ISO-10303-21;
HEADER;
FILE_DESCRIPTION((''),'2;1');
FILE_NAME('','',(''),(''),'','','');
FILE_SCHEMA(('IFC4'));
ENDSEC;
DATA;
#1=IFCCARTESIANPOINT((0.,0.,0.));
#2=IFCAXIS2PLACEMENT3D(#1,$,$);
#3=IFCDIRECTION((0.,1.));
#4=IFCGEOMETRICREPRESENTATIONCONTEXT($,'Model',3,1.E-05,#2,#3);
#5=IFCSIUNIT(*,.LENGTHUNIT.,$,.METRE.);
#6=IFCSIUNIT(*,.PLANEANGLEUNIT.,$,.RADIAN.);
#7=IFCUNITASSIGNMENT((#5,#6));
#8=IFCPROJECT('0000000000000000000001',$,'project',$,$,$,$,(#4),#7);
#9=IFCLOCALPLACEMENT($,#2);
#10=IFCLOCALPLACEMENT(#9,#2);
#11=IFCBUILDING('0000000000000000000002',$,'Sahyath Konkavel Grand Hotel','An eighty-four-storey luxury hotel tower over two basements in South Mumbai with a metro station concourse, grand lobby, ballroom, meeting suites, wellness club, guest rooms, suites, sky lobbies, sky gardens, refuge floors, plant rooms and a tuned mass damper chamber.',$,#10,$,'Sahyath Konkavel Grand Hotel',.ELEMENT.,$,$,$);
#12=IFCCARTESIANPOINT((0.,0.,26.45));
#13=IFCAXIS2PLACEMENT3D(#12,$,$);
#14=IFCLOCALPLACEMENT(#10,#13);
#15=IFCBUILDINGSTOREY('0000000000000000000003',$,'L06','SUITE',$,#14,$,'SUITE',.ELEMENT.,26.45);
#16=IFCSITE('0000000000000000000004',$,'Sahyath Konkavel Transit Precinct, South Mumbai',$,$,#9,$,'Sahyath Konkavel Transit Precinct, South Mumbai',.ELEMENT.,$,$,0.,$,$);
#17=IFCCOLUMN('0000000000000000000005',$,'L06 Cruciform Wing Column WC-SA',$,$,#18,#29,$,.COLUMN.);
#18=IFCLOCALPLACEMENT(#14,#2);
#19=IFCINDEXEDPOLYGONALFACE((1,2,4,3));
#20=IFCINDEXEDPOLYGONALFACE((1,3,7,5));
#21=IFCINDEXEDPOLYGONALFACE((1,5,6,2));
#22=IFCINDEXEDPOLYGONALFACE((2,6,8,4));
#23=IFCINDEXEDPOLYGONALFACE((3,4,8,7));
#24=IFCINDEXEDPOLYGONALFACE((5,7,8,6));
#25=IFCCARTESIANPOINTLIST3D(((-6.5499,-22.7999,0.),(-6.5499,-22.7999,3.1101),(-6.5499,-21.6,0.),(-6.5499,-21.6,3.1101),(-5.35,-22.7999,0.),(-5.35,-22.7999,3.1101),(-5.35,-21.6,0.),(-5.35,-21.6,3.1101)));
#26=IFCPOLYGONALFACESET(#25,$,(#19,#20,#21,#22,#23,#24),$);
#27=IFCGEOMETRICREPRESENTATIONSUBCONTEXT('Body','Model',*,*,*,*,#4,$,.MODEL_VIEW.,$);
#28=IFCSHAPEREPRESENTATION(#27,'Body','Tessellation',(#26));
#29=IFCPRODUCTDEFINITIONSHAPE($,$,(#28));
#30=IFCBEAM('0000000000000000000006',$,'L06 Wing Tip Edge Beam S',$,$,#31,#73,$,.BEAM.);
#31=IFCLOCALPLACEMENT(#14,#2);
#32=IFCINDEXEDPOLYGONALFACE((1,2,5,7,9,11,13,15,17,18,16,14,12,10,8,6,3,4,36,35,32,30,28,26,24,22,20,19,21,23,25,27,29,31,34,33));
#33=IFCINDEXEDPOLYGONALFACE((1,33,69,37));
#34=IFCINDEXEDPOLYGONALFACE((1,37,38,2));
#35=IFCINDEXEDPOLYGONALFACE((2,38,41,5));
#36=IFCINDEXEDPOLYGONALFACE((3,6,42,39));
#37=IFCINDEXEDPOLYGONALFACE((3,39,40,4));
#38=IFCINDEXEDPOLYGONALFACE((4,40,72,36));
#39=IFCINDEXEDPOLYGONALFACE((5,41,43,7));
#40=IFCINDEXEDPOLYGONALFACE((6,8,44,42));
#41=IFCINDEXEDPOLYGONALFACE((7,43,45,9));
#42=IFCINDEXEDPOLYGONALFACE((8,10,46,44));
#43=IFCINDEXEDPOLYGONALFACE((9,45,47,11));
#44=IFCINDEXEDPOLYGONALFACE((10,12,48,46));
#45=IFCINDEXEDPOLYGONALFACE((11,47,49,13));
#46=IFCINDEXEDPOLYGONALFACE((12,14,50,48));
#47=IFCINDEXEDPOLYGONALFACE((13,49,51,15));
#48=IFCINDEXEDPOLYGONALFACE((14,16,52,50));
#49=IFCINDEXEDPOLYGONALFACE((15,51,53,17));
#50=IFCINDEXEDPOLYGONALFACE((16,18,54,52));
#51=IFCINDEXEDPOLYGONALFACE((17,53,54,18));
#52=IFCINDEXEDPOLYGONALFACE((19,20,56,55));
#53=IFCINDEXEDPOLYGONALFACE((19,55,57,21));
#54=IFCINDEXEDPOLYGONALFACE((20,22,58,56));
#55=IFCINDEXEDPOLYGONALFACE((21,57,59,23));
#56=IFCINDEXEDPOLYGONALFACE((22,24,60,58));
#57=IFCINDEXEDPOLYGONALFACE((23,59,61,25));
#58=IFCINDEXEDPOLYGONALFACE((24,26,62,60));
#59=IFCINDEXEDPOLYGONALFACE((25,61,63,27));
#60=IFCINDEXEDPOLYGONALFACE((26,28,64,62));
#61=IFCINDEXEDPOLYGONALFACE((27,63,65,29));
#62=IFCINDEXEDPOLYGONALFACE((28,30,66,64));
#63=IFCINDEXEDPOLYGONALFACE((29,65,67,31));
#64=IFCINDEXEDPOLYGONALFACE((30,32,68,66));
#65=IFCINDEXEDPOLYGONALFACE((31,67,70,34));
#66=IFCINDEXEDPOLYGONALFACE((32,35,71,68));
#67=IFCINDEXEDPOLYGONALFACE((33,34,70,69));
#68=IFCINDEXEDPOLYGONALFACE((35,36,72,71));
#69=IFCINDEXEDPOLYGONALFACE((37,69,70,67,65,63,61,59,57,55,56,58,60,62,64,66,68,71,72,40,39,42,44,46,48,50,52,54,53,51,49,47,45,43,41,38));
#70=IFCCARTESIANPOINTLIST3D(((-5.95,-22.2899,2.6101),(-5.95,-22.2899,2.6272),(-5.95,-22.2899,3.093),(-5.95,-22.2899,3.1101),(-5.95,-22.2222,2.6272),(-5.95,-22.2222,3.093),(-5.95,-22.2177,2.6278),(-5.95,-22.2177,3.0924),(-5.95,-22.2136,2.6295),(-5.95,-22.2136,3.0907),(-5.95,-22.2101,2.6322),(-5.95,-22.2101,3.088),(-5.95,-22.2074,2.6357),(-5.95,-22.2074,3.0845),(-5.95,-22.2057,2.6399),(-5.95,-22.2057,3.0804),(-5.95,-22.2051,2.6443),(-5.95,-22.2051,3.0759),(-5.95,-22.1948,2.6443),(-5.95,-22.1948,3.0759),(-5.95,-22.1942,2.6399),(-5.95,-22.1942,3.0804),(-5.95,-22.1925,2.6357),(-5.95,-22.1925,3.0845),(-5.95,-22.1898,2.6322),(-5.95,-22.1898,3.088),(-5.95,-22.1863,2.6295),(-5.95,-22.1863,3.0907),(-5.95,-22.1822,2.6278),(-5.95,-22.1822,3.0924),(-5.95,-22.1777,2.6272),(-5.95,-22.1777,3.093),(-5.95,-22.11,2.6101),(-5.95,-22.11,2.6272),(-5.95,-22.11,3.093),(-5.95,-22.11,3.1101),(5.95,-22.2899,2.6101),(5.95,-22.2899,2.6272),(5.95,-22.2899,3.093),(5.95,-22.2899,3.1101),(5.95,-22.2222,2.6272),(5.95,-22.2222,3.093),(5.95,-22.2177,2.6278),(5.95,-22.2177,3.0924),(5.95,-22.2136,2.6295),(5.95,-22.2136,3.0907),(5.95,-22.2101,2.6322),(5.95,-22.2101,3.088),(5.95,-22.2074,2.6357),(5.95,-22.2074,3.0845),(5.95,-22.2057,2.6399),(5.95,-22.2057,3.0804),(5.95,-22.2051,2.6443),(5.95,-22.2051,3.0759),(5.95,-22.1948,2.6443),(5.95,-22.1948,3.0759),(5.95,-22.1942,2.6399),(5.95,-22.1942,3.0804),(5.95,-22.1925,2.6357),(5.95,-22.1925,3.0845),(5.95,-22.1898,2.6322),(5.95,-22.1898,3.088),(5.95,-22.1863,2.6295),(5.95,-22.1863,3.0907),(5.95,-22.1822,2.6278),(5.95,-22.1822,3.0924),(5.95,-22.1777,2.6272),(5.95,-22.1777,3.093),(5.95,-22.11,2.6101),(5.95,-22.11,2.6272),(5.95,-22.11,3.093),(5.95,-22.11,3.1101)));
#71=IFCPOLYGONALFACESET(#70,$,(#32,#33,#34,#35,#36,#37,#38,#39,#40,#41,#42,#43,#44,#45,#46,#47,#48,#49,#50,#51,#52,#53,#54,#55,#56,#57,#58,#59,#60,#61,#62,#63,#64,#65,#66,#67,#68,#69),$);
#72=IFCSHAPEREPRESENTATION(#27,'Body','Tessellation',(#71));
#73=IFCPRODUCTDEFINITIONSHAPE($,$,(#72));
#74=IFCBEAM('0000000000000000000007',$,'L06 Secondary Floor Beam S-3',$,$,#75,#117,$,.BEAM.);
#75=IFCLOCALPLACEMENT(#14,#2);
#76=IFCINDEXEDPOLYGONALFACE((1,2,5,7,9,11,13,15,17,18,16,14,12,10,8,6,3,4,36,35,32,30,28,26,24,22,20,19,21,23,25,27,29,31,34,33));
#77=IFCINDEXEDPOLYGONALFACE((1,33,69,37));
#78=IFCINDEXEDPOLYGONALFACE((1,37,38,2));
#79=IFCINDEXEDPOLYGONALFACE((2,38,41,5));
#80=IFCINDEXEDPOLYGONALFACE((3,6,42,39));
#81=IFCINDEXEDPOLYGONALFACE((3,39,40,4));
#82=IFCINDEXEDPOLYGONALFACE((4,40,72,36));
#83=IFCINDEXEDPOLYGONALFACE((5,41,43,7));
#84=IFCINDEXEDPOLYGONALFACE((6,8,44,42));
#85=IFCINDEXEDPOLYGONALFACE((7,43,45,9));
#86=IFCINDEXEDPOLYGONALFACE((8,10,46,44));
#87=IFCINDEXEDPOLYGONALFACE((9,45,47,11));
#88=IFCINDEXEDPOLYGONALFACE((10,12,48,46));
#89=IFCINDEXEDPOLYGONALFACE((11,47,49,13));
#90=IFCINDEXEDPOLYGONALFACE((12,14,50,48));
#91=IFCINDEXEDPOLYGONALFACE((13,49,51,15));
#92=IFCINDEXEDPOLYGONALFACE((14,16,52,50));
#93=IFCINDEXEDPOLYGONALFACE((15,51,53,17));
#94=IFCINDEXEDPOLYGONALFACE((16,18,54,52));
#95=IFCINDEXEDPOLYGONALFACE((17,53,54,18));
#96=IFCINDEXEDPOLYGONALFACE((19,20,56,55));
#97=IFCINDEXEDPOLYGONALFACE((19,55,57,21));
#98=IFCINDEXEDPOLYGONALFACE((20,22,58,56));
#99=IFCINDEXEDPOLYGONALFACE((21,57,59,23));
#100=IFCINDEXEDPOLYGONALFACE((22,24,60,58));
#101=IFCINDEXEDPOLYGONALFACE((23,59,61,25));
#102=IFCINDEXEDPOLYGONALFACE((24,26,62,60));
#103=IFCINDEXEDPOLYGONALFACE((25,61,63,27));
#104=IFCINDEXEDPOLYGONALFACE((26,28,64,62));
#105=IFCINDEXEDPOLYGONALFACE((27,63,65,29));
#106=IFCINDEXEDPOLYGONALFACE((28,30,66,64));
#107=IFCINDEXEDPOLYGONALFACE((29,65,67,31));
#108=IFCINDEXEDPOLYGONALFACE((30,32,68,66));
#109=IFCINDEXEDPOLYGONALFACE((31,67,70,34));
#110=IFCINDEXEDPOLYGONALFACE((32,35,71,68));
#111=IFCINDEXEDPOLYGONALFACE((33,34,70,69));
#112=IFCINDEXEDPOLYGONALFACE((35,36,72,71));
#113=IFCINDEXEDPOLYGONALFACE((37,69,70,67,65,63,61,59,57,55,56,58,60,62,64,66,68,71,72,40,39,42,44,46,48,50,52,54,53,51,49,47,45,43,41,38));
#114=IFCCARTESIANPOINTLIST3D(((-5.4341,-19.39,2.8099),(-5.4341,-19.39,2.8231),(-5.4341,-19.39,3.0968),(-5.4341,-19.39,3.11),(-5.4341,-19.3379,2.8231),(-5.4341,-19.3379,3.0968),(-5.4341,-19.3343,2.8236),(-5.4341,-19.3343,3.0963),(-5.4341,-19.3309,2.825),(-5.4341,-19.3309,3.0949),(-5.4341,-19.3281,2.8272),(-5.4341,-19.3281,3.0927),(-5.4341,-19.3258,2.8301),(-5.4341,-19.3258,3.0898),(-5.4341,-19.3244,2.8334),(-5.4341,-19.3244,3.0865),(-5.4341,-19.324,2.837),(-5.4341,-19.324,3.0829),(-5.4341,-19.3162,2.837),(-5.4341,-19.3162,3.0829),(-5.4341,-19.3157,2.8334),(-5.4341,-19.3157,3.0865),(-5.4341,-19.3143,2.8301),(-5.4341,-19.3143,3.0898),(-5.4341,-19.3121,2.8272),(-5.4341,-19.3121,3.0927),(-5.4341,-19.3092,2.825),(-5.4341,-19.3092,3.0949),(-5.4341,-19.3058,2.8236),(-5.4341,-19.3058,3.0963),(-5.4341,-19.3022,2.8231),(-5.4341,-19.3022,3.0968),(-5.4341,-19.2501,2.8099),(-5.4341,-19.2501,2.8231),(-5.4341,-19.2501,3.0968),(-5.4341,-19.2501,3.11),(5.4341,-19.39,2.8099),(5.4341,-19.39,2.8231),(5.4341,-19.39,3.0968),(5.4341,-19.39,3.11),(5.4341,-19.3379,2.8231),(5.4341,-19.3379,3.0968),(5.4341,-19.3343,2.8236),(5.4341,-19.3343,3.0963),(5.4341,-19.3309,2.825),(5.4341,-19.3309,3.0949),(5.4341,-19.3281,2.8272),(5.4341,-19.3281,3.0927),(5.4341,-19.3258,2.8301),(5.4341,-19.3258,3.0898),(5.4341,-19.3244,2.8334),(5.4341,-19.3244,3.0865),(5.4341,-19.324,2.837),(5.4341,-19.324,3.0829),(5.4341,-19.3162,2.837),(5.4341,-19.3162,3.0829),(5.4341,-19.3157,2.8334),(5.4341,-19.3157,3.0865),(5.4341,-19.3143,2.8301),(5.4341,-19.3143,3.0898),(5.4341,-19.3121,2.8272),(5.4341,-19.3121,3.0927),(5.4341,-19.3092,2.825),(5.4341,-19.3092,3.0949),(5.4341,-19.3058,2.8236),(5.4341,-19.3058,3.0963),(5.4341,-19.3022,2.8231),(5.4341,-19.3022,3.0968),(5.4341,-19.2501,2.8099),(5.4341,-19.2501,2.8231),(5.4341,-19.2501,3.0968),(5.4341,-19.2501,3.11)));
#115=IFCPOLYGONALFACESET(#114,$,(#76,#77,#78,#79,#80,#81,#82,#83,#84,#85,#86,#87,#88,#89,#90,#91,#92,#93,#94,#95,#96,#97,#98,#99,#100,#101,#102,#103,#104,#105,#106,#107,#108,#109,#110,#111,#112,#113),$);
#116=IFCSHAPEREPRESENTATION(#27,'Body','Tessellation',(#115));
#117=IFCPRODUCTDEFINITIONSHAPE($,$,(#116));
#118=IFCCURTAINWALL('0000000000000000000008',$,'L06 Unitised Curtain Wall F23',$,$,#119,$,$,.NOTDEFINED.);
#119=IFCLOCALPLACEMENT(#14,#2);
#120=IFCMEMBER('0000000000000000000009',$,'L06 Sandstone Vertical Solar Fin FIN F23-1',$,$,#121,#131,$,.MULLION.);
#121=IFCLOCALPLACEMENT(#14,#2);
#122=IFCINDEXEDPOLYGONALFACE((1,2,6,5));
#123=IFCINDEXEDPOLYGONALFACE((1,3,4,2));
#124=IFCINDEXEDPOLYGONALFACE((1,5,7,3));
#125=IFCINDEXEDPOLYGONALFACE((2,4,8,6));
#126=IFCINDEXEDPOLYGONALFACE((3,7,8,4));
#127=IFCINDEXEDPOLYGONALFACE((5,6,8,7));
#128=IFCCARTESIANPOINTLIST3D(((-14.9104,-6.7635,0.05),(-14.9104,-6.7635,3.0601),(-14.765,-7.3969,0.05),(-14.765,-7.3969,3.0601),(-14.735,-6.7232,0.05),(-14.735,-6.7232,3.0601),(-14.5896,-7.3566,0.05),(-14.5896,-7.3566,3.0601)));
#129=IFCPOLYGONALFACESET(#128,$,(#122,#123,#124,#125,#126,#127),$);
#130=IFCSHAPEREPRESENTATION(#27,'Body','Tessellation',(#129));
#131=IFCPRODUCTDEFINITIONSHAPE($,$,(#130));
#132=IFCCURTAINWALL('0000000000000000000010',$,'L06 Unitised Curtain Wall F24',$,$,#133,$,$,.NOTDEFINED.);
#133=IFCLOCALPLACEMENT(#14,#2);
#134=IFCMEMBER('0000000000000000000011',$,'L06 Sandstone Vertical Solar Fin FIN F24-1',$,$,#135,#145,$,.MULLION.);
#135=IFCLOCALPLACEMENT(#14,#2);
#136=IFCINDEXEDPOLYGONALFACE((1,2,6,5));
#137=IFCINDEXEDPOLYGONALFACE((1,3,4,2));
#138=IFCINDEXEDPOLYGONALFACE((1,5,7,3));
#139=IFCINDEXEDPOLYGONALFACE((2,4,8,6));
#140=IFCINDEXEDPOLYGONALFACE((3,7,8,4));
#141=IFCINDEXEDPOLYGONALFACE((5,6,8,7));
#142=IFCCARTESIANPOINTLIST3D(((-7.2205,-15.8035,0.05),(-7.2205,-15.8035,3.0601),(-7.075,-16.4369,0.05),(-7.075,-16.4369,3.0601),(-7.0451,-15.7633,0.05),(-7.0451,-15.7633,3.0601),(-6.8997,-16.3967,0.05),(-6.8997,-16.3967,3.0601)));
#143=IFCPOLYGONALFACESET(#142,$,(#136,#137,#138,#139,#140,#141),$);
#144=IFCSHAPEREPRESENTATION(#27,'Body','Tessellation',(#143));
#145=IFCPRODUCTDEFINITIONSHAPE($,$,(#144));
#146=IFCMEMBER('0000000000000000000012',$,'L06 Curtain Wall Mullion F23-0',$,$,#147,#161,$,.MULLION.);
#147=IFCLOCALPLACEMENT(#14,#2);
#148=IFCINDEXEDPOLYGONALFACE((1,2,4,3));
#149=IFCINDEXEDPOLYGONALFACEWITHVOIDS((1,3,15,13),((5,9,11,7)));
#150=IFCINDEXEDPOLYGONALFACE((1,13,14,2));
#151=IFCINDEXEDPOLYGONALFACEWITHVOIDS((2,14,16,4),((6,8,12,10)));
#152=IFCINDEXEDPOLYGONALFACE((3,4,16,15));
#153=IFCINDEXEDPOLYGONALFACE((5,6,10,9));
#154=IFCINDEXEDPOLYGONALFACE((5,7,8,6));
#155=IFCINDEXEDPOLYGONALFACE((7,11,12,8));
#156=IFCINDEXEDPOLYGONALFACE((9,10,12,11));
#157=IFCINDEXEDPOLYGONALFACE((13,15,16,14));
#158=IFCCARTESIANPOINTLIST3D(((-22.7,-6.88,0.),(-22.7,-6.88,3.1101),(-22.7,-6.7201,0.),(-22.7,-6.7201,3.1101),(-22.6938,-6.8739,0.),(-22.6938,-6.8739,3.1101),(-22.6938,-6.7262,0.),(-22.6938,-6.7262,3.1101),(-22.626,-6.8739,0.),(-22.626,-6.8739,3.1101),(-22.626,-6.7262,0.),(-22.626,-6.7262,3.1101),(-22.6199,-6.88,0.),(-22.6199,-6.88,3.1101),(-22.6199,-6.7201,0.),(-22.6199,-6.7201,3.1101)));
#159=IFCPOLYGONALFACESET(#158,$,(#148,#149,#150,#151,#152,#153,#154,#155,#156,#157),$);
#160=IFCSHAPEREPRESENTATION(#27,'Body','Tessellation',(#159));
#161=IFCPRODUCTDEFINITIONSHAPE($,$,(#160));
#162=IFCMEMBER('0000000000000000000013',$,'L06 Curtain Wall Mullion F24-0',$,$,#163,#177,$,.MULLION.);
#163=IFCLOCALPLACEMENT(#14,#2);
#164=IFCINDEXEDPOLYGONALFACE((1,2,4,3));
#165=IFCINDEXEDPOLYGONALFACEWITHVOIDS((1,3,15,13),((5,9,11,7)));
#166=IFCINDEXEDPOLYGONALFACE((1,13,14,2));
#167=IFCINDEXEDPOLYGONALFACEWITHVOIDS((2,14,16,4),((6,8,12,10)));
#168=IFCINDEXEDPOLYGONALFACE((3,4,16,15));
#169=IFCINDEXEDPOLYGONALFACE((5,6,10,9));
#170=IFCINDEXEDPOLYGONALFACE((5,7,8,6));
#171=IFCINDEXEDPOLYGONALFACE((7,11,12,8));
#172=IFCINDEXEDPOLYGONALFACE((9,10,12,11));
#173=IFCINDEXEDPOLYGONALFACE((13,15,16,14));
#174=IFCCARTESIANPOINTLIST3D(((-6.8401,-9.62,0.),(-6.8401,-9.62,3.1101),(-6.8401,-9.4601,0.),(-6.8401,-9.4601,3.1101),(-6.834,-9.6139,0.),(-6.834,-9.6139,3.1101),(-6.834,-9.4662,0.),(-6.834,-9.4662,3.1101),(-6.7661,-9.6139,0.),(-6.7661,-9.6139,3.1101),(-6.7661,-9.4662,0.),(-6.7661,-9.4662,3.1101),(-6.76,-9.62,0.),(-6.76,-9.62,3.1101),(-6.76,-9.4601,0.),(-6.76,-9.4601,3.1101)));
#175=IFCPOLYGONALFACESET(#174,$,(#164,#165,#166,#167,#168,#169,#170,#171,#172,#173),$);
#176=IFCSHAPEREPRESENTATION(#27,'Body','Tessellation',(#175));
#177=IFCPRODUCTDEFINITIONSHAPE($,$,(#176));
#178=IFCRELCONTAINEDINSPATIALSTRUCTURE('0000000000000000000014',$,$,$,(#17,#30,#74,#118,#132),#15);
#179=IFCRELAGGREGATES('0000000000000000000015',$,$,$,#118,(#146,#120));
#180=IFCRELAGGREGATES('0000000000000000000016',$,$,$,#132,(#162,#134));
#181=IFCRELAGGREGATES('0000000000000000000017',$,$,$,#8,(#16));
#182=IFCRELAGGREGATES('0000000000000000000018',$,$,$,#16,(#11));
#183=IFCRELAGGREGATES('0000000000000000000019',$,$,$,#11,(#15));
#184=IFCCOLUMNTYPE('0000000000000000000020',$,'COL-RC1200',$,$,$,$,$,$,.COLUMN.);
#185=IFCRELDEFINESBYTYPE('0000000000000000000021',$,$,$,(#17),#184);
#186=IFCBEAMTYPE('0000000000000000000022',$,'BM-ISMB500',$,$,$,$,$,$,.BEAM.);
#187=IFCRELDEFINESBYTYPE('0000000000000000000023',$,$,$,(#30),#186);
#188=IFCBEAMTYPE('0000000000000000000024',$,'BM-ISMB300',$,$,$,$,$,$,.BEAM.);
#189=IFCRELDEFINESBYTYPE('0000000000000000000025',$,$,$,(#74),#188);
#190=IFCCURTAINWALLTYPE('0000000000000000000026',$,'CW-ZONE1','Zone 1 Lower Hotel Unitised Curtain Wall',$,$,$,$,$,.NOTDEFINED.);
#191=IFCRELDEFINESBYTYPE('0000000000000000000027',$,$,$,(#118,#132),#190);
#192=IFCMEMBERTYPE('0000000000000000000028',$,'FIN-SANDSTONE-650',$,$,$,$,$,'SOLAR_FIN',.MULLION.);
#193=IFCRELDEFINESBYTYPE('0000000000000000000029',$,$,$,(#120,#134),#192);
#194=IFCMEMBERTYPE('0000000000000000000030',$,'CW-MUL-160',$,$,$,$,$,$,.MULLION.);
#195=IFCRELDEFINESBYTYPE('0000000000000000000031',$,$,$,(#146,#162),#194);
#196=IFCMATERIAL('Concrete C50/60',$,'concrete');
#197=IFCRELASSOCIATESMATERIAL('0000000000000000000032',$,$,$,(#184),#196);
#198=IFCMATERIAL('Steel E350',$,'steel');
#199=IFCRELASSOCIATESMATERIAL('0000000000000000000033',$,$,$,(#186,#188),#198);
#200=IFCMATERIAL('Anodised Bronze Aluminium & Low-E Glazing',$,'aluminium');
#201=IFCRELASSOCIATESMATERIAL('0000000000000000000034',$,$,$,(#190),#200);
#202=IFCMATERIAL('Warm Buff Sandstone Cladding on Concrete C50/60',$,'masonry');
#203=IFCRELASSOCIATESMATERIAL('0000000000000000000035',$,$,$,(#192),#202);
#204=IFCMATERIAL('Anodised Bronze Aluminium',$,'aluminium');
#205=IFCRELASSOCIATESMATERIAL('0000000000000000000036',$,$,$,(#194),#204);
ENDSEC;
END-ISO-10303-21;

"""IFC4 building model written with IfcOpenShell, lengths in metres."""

from ifc_helpers import new_model, si_unit, direction, frame, origin, origin_2d, place, context, subcontext, project, spatial, rectangle, hollow_rectangle, i_section, extrude, source, transform, mapped, material, material_profile, profile_set, type_object, element, aggregate, save


model = new_model("IFC4")

# Units and contexts
model_context = context("Model", 3, precision=1e-05, world=origin(), true_north=direction((0.0, 1.0)))
body_context = subcontext(model_context, "Body", "Model", "MODEL_VIEW")
ifc_project = project(units=[si_unit("LENGTHUNIT", "METRE"), si_unit("PLANEANGLEUNIT", "RADIAN")], contexts=[model_context])

# Site, building, storey
site_placement = place(None, origin())
site = spatial("IfcSite", under=ifc_project, at=site_placement, Name="Sahyath Konkavel Transit Precinct, South Mumbai", LongName="Sahyath Konkavel Transit Precinct, South Mumbai", CompositionType="ELEMENT", RefElevation=0.0)
building_placement = place(site_placement, origin())
building = spatial("IfcBuilding", under=site, at=building_placement, Name="Sahyath Konkavel Grand Hotel", Description="An eighty-four-storey luxury hotel tower over two basements in South Mumbai with a metro station concourse, grand lobby, ballroom, meeting suites, wellness club, guest rooms, suites, sky lobbies, sky gardens, refuge floors, plant rooms and a tuned mass damper chamber.", LongName="Sahyath Konkavel Grand Hotel", CompositionType="ELEMENT")
storey_placement = place(building_placement, frame((0.0, 0.0, 26.45)))
storey = spatial("IfcBuildingStorey", under=building, at=storey_placement, Name="L06", Description="SUITE", LongName="SUITE", CompositionType="ELEMENT", Elevation=26.45)

# Column
ifc_material_1 = material(Name="Concrete C50/60", Category="concrete")
ifc_material_profile_1 = material_profile(ifc_material_1, rectangle(XDim=1.2, YDim=1.2, at=origin_2d()), Name="RC 1200x1200")
ifc_profile_set_1 = profile_set([ifc_material_profile_1], Name="Concrete C50/60")
column_type = type_object("IfcColumnType", Name="COL-RC1200", PredefinedType="COLUMN", material=ifc_profile_set_1)
shared_shape_1 = source(origin(), body_context, "Body", "SweptSolid", [
    extrude(rectangle(XDim=1.2, YDim=1.2, at=origin_2d()), origin(), (0.0, 0.0, 1.0), 3.1101),
])
column_placement = place(storey_placement, frame((-5.95, -22.2, 0.0), z_axis=(0.0, 0.0, 1.0), x_axis=(1.0, 0.0, 0.0)))
element("IfcColumn", 1, at=column_placement, inside=storey, type_object=column_type, Name="L06 Cruciform Wing Column WC-SA", PredefinedType="COLUMN", context=body_context, shape_type="MappedRepresentation", body=[
    mapped(shared_shape_1, transform((0.0, 0.0, 0.0), scale=1.0)),
])

# Beams
ifc_material_2 = material(Name="Steel E350", Category="steel")
ifc_material_profile_2 = material_profile(ifc_material_2, i_section(OverallWidth=0.1799, OverallDepth=0.5, WebThickness=0.0103, FlangeThickness=0.0171, FilletRadius=0.0171, at=origin_2d()), Name="ISMB 500")
ifc_profile_set_2 = profile_set([ifc_material_profile_2], Name="Steel E350")
beam_type_1 = type_object("IfcBeamType", Name="BM-ISMB500", PredefinedType="BEAM", material=ifc_profile_set_2)
shared_shape_2 = source(origin(), body_context, "Body", "SweptSolid", [
    extrude(i_section(OverallWidth=0.1799, OverallDepth=0.5, WebThickness=0.0103, FlangeThickness=0.0171, FilletRadius=0.0171, at=origin_2d()), origin(), (0.0, 0.0, 1.0), 11.8999),
])
beam_1_placement = place(storey_placement, frame((-5.95, -22.2, 2.8601), z_axis=(1.0, 0.0, 0.0), x_axis=(0.0, 1.0, 0.0)))
element("IfcBeam", 2, at=beam_1_placement, inside=storey, type_object=beam_type_1, Name="L06 Wing Tip Edge Beam S", PredefinedType="BEAM", context=body_context, shape_type="MappedRepresentation", body=[
    mapped(shared_shape_2, transform((0.0, 0.0, 0.0), scale=1.0)),
])
ifc_material_profile_3 = material_profile(ifc_material_2, i_section(OverallWidth=0.1399, OverallDepth=0.3, WebThickness=0.0078, FlangeThickness=0.0132, FilletRadius=0.0139, at=origin_2d()), Name="ISMB 300")
ifc_profile_set_3 = profile_set([ifc_material_profile_3], Name="Steel E350")
beam_type_2 = type_object("IfcBeamType", Name="BM-ISMB300", PredefinedType="BEAM", material=ifc_profile_set_3)
shared_shape_3 = source(origin(), body_context, "Body", "SweptSolid", [
    extrude(i_section(OverallWidth=0.1399, OverallDepth=0.3, WebThickness=0.0078, FlangeThickness=0.0132, FilletRadius=0.0139, at=origin_2d()), origin(), (0.0, 0.0, 1.0), 10.8682),
])
beam_2_placement = place(storey_placement, frame((-5.4341, -19.3201, 2.96), z_axis=(1.0, 0.0, 0.0), x_axis=(0.0, 1.0, 0.0)))
element("IfcBeam", 3, at=beam_2_placement, inside=storey, type_object=beam_type_2, Name="L06 Secondary Floor Beam S-3", PredefinedType="BEAM", context=body_context, shape_type="MappedRepresentation", body=[
    mapped(shared_shape_3, transform((0.0, 0.0, 0.0), scale=1.0)),
])

# Curtain walls, members
ifc_material_3 = material(Name="Anodised Bronze Aluminium & Low-E Glazing", Category="aluminium")
curtain_wall_type = type_object("IfcCurtainWallType", Name="CW-ZONE1", Description="Zone 1 Lower Hotel Unitised Curtain Wall", PredefinedType="NOTDEFINED", material=ifc_material_3)
curtain_wall_1_placement = place(storey_placement, origin())
curtain_wall_1 = element("IfcCurtainWall", 4, at=curtain_wall_1_placement, inside=storey, type_object=curtain_wall_type, Name="L06 Unitised Curtain Wall F23", PredefinedType="NOTDEFINED")
ifc_material_4 = material(Name="Warm Buff Sandstone Cladding on Concrete C50/60", Category="masonry")
ifc_material_profile_4 = material_profile(ifc_material_4, rectangle(XDim=0.1799, YDim=0.6499, at=origin_2d()), Name="FIN 180x650")
ifc_profile_set_4 = profile_set([ifc_material_profile_4], Name="Warm Buff Sandstone Cladding on Concrete C50/60")
member_type_1 = type_object("IfcMemberType", Name="FIN-SANDSTONE-650", ElementType="SOLAR_FIN", PredefinedType="MULLION", material=ifc_profile_set_4)
shared_shape_4 = source(origin(), body_context, "Body", "SweptSolid", [
    extrude(rectangle(XDim=0.1799, YDim=0.6499, at=origin_2d()), origin(), (0.0, 0.0, 1.0), 3.01),
])
member_1_placement = place(storey_placement, frame((-14.75, -7.0601, 0.05), z_axis=(0.0, 0.0, 1.0), x_axis=(0.974644, 0.22376, 0.0)))
member_1 = element("IfcMember", 5, at=member_1_placement, type_object=member_type_1, Name="L06 Sandstone Vertical Solar Fin FIN F23-1", PredefinedType="MULLION", context=body_context, shape_type="MappedRepresentation", body=[
    mapped(shared_shape_4, transform((0.0, 0.0, 0.0), scale=1.0)),
])
curtain_wall_2_placement = place(storey_placement, origin())
curtain_wall_2 = element("IfcCurtainWall", 6, at=curtain_wall_2_placement, inside=storey, type_object=curtain_wall_type, Name="L06 Unitised Curtain Wall F24", PredefinedType="NOTDEFINED")
member_2_placement = place(storey_placement, frame((-7.0601, -16.1001, 0.05), z_axis=(0.0, 0.0, 1.0), x_axis=(0.974644, 0.22376, 0.0)))
member_2 = element("IfcMember", 7, at=member_2_placement, type_object=member_type_1, Name="L06 Sandstone Vertical Solar Fin FIN F24-1", PredefinedType="MULLION", context=body_context, shape_type="MappedRepresentation", body=[
    mapped(shared_shape_4, transform((0.0, 0.0, 0.0), scale=1.0)),
])

# Members
ifc_material_5 = material(Name="Anodised Bronze Aluminium", Category="aluminium")
ifc_material_profile_5 = material_profile(ifc_material_5, hollow_rectangle(XDim=0.0801, YDim=0.1599, WallThickness=0.0061, at=origin_2d()), Name="RHS 160x80x6")
ifc_profile_set_5 = profile_set([ifc_material_profile_5], Name="Anodised Bronze Aluminium")
member_type_2 = type_object("IfcMemberType", Name="CW-MUL-160", PredefinedType="MULLION", material=ifc_profile_set_5)
shared_shape_5 = source(origin(), body_context, "Body", "SweptSolid", [
    extrude(hollow_rectangle(XDim=0.0801, YDim=0.1599, WallThickness=0.0061, at=origin_2d()), origin(), (0.0, 0.0, 1.0), 3.1101),
])
member_3_placement = place(storey_placement, frame((-22.6599, -6.8, 0.0), z_axis=(0.0, 0.0, 1.0), x_axis=(1.0, 0.0, 0.0)))
member_3 = element("IfcMember", 8, at=member_3_placement, type_object=member_type_2, Name="L06 Curtain Wall Mullion F23-0", PredefinedType="MULLION", context=body_context, shape_type="MappedRepresentation", body=[
    mapped(shared_shape_5, transform((0.0, 0.0, 0.0), scale=1.0)),
])
aggregate(curtain_wall_1, [member_3, member_1])
member_4_placement = place(storey_placement, frame((-6.8, -9.54, 0.0), z_axis=(0.0, 0.0, 1.0), x_axis=(1.0, 0.0, 0.0)))
member_4 = element("IfcMember", 9, at=member_4_placement, type_object=member_type_2, Name="L06 Curtain Wall Mullion F24-0", PredefinedType="MULLION", context=body_context, shape_type="MappedRepresentation", body=[
    mapped(shared_shape_5, transform((0.0, 0.0, 0.0), scale=1.0)),
])

aggregate(curtain_wall_2, [member_4, member_2])

save(model, "model.ifc")
